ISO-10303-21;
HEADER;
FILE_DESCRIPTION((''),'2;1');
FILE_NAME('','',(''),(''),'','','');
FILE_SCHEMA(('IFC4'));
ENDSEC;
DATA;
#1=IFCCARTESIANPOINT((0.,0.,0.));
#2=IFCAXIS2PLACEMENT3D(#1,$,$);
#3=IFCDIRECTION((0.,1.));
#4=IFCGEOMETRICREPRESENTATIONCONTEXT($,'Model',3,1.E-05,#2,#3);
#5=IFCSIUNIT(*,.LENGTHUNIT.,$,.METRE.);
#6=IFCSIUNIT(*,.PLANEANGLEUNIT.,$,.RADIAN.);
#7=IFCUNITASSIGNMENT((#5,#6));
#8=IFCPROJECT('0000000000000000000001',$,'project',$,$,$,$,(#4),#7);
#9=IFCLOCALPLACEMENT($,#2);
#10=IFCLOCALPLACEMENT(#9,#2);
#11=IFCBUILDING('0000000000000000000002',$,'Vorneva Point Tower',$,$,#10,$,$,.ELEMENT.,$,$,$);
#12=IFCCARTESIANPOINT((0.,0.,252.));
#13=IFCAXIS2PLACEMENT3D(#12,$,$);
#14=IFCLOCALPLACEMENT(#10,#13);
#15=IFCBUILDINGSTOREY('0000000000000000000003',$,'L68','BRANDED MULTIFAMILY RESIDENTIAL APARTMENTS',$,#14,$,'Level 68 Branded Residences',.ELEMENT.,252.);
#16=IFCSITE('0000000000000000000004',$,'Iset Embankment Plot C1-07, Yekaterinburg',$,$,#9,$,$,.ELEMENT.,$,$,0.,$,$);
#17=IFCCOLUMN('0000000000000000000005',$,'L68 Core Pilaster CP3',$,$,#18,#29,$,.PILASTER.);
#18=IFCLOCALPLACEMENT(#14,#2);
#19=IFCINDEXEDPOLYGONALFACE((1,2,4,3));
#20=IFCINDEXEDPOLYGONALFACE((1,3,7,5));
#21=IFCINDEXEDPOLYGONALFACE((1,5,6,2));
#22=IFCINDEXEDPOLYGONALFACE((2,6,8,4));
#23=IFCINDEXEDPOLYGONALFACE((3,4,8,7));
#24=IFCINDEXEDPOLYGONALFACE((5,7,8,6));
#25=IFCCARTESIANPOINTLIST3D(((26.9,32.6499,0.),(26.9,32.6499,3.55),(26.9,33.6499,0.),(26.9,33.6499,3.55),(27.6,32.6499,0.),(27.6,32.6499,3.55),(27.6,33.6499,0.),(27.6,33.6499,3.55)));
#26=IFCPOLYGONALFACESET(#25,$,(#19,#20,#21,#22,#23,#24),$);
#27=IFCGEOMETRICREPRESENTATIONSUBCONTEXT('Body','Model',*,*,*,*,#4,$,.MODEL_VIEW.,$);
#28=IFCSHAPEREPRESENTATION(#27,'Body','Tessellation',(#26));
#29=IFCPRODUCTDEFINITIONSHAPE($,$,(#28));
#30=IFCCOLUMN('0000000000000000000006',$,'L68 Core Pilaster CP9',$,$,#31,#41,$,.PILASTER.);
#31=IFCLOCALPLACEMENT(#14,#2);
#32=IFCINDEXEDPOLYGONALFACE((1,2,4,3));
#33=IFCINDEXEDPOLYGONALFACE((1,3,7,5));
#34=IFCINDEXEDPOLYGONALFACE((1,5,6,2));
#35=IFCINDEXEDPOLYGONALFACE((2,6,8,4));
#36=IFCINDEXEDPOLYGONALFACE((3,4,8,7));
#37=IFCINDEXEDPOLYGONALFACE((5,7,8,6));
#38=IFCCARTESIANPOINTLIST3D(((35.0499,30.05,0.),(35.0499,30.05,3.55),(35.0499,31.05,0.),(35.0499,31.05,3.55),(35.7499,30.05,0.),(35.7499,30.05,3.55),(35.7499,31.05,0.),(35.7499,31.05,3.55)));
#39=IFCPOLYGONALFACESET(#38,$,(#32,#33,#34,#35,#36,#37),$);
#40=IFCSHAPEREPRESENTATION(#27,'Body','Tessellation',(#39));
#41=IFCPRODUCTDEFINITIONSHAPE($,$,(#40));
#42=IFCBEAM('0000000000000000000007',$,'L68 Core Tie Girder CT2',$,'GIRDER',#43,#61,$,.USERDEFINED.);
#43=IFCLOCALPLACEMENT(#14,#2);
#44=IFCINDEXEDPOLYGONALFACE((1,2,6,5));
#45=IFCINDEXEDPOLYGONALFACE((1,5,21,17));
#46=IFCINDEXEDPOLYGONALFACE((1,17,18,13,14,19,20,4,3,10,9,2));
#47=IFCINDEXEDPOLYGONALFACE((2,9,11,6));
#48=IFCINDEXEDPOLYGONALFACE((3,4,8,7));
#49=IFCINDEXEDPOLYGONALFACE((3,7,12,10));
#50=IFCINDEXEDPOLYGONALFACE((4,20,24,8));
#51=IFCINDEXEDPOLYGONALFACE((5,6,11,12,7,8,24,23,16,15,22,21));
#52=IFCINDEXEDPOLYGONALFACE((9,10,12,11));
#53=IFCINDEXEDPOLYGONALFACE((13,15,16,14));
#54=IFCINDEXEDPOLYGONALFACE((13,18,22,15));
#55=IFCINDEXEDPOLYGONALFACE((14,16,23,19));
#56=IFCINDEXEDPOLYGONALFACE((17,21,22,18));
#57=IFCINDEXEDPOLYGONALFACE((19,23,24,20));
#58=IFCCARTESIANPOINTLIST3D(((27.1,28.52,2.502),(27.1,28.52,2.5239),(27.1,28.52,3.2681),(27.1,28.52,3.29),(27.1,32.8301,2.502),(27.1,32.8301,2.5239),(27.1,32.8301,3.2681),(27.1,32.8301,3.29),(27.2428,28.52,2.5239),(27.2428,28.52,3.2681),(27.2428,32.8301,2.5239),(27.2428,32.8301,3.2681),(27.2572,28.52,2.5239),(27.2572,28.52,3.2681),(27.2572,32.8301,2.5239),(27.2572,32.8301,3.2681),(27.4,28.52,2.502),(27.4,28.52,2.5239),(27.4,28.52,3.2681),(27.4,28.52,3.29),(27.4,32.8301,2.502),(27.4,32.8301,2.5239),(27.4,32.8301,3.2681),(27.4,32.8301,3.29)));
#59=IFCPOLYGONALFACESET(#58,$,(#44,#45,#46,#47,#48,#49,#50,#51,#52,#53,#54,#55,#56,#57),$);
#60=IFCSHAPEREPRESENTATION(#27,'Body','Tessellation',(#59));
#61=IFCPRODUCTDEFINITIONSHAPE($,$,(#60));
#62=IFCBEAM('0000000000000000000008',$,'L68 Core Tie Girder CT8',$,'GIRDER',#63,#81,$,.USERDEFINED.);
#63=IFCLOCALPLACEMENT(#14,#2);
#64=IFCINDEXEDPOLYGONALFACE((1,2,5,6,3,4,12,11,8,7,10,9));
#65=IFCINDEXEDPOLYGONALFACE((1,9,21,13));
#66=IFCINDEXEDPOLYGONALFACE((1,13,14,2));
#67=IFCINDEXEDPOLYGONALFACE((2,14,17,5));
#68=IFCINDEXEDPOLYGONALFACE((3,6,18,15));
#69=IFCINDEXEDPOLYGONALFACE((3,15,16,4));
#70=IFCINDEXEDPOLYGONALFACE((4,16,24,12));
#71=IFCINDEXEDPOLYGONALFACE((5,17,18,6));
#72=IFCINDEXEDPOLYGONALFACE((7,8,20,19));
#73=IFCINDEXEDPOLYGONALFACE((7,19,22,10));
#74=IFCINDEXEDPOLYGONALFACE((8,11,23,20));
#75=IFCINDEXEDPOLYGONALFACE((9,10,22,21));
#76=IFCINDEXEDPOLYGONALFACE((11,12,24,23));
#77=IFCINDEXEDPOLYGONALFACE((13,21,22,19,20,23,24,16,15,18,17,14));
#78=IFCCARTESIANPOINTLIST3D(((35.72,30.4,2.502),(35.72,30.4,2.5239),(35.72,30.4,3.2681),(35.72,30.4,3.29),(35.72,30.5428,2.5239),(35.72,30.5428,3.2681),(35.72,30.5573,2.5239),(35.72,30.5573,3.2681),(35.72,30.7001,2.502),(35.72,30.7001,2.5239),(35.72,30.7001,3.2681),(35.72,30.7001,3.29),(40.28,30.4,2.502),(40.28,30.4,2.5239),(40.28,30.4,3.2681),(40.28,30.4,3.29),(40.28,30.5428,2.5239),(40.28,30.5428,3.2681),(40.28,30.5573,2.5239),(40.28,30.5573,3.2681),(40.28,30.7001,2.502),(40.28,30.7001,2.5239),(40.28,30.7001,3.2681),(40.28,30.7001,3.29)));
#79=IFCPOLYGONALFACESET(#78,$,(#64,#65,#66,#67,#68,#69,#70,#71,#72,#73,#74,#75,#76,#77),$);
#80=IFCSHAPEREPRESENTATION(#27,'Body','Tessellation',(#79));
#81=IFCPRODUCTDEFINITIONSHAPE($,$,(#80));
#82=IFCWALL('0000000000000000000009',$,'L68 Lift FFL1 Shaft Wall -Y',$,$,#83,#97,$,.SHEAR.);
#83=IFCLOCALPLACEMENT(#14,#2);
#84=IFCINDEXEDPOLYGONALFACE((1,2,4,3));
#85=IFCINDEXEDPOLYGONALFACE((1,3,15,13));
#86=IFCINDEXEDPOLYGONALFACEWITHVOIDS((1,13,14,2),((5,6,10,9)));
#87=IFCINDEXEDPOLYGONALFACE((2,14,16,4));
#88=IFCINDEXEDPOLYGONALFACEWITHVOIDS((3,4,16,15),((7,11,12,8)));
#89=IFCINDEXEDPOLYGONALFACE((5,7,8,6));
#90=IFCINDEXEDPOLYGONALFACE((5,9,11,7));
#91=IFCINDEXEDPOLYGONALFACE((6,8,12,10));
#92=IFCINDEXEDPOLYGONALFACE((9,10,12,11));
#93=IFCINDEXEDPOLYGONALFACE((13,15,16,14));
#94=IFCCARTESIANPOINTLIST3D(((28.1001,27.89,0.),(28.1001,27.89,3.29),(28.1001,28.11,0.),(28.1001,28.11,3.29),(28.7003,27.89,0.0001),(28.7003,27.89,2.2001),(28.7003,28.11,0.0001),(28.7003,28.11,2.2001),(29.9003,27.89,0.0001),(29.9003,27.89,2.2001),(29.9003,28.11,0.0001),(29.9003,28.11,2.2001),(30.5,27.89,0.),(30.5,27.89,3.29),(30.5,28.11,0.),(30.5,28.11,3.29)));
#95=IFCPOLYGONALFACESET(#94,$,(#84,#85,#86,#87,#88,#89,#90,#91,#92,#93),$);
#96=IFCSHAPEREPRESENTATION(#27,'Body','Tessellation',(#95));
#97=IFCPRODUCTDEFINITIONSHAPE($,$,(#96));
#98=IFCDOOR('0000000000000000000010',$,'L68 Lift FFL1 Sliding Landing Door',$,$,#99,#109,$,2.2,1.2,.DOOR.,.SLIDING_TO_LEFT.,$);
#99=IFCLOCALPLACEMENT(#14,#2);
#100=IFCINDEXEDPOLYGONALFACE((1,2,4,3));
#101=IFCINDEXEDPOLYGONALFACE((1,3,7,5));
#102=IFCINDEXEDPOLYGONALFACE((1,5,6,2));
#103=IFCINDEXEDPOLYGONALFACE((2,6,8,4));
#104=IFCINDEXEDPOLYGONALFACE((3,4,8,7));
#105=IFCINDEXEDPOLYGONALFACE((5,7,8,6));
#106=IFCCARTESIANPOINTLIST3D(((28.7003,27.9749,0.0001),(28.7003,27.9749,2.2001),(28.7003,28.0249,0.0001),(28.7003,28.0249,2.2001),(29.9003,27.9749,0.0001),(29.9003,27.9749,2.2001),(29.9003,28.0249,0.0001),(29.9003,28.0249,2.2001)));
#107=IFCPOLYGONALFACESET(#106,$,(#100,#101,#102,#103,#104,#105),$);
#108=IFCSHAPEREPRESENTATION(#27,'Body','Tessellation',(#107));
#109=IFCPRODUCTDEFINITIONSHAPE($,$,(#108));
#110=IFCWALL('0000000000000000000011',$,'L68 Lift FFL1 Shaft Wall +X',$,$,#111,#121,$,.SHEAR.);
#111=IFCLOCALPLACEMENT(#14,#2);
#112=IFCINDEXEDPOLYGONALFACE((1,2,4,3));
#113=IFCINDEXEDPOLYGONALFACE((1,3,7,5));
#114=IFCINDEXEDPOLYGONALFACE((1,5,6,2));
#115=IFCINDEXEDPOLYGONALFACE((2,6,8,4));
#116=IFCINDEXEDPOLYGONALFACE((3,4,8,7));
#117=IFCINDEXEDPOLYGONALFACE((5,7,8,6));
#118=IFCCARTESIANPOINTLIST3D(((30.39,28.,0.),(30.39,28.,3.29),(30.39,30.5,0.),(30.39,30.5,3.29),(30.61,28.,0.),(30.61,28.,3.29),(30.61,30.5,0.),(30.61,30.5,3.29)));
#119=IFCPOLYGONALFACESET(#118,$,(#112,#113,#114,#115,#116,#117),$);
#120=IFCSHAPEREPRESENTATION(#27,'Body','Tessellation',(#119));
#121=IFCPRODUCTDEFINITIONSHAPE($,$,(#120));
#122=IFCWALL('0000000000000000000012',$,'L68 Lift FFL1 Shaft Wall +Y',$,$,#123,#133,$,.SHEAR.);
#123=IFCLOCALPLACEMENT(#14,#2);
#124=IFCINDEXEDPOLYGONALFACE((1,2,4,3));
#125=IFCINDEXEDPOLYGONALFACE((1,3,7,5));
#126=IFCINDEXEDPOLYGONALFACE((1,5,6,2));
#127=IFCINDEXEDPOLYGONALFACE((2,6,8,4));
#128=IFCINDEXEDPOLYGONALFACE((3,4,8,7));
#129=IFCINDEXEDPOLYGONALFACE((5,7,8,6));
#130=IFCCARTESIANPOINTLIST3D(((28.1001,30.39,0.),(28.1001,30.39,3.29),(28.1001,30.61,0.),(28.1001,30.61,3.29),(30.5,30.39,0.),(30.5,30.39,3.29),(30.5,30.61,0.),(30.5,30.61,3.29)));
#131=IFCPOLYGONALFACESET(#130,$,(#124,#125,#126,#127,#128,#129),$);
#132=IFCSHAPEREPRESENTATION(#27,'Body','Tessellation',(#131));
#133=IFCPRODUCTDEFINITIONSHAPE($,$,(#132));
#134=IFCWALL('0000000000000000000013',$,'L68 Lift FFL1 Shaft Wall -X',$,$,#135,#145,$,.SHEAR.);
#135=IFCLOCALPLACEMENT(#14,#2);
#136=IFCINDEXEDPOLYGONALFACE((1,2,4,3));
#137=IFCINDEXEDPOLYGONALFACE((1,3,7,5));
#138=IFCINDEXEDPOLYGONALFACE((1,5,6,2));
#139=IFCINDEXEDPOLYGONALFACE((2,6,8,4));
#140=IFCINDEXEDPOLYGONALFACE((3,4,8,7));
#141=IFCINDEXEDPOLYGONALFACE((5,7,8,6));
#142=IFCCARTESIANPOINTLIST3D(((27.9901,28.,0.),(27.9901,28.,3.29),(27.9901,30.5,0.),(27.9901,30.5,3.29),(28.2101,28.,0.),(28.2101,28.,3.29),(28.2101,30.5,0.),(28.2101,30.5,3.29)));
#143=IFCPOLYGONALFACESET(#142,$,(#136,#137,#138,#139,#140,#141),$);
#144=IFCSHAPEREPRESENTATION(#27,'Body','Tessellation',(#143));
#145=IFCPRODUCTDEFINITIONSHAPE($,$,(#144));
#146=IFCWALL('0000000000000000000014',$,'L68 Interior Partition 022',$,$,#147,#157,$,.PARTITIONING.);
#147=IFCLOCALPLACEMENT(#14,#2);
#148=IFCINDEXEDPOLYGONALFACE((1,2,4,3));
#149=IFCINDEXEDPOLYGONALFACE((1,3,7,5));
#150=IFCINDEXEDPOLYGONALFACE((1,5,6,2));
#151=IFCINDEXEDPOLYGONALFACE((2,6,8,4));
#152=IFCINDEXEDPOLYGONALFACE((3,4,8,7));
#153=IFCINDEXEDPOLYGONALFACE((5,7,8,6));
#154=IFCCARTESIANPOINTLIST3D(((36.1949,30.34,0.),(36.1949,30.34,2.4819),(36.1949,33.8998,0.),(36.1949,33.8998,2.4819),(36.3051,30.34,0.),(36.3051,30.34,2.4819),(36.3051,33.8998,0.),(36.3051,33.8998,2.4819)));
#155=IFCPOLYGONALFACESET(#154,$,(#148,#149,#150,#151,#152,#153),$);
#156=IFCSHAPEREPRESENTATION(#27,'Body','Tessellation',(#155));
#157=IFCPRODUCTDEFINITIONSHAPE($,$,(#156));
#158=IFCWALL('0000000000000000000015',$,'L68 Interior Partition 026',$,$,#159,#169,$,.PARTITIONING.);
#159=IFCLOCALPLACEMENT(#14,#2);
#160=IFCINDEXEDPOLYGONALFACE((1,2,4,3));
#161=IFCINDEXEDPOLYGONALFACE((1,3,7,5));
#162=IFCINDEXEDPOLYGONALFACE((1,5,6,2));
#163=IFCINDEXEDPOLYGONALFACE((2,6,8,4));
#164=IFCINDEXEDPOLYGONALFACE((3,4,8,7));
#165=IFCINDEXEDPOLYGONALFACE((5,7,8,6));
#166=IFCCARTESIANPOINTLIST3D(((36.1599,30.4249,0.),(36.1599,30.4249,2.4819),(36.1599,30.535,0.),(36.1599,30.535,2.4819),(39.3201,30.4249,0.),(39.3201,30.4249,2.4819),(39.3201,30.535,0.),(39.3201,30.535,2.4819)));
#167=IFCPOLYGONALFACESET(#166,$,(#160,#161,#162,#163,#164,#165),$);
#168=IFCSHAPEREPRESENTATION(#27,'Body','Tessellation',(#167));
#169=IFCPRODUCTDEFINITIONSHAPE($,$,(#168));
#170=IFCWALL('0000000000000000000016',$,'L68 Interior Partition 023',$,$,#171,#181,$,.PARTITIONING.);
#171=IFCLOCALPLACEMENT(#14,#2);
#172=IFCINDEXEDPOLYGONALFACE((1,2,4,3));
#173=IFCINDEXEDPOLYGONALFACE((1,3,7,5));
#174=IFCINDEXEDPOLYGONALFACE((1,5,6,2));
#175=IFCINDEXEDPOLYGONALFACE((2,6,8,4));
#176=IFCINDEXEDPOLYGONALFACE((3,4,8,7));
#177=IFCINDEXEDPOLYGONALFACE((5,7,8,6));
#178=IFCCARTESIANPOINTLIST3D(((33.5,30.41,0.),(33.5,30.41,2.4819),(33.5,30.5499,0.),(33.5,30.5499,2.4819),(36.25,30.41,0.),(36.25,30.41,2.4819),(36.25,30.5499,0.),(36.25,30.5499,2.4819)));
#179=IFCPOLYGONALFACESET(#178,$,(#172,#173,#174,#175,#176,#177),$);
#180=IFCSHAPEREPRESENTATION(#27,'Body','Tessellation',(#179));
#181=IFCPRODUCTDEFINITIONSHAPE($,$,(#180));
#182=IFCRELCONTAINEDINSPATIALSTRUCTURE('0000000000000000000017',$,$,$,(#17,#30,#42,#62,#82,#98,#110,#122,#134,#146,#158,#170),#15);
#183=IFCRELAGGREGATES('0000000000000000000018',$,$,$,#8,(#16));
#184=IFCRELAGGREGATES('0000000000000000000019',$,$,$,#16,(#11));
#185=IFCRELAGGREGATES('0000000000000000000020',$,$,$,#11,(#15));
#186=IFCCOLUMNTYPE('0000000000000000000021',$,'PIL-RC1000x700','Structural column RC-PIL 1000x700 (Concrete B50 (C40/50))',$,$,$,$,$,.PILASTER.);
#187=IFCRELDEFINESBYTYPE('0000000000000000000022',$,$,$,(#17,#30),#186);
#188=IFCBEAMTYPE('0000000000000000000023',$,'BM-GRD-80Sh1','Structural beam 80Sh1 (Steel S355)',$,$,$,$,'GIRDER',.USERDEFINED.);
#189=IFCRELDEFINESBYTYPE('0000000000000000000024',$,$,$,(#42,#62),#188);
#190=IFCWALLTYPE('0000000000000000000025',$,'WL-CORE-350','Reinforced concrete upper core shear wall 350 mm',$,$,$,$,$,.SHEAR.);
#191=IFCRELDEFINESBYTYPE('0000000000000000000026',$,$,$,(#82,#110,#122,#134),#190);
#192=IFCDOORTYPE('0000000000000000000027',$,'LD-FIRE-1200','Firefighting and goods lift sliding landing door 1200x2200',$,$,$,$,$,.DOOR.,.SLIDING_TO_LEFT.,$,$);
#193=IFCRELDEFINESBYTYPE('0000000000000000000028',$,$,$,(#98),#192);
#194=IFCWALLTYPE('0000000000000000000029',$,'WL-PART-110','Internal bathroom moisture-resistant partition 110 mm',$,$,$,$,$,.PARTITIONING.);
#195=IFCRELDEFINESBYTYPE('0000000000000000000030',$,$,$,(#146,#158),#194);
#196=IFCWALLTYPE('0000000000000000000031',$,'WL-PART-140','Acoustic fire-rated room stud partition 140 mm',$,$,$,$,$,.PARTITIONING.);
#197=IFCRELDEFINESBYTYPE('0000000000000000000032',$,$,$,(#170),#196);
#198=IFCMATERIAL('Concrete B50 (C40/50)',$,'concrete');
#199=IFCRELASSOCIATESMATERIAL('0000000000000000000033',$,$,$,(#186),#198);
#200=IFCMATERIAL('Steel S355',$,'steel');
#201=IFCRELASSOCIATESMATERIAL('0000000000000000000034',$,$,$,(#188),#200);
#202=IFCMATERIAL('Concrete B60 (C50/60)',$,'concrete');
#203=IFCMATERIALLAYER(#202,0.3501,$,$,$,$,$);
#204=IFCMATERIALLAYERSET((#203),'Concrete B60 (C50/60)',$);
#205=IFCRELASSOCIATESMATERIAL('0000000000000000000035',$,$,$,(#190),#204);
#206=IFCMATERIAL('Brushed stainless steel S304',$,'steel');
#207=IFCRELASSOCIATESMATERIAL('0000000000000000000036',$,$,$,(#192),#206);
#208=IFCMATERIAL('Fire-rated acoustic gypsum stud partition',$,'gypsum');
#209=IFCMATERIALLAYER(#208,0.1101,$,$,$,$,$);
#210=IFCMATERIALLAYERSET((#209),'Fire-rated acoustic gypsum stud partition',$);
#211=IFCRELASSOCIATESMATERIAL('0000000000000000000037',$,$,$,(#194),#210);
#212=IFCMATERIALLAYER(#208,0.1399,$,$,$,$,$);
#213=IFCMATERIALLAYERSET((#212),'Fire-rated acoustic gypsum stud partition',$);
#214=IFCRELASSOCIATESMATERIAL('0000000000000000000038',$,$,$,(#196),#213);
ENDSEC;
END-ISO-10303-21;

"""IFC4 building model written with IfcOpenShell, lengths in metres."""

from ifc_helpers import new_model, si_unit, direction, frame, frame_2d, origin, origin_2d, place, context, subcontext, project, spatial, rectangle, i_section, extrude, material, layer, layer_set, material_profile, profile_set, type_object, element, fill, save


model = new_model("IFC4")

# Units and contexts
model_context = context("Model", 3, precision=1e-05, world=origin(), true_north=direction((0.0, 1.0)))
body_context = subcontext(model_context, "Body", "Model", "MODEL_VIEW")
ifc_project = project(units=[si_unit("LENGTHUNIT", "METRE"), si_unit("PLANEANGLEUNIT", "RADIAN")], contexts=[model_context])

# Site, building, storey
site_placement = place(None, origin())
site = spatial("IfcSite", under=ifc_project, at=site_placement, Name="Iset Embankment Plot C1-07, Yekaterinburg", CompositionType="ELEMENT", RefElevation=0.0)
building_placement = place(site_placement, origin())
building = spatial("IfcBuilding", under=site, at=building_placement, Name="Vorneva Point Tower", CompositionType="ELEMENT")
storey_placement = place(building_placement, frame((0.0, 0.0, 252.0)))
storey = spatial("IfcBuildingStorey", under=building, at=storey_placement, Name="L68", Description="BRANDED MULTIFAMILY RESIDENTIAL APARTMENTS", LongName="Level 68 Branded Residences", CompositionType="ELEMENT", Elevation=252.0)

# Columns
ifc_material_1 = material(Name="Concrete B50 (C40/50)", Category="concrete")
ifc_material_profile_1 = material_profile(ifc_material_1, rectangle(XDim=0.7, YDim=1.0, at=origin_2d()), Name="RC-PIL 1000x700")
ifc_profile_set_1 = profile_set([ifc_material_profile_1], Name="Concrete B50 (C40/50)")
column_type = type_object("IfcColumnType", Name="PIL-RC1000x700", Description="Structural column RC-PIL 1000x700 (Concrete B50 (C40/50))", PredefinedType="PILASTER", material=ifc_profile_set_1)
for number, where, z_axis, x_axis, name in (
    (1, (27.25, 33.1499, 0.0), (0.0, 0.0, 1.0), (1.0, 0.0, 0.0), "L68 Core Pilaster CP3"),
    (2, (35.3999, 30.55, 0.0), (0.0, 0.0, 1.0), (1.0, 0.0, 0.0), "L68 Core Pilaster CP9"),
):
    element("IfcColumn", number, at=place(storey_placement, frame(where, z_axis=z_axis, x_axis=x_axis)), inside=storey, type_object=column_type, Name=name, PredefinedType="PILASTER", context=body_context, shape_type="SweptSolid", body=[
        extrude(rectangle(XDim=0.7, YDim=1.0, at=origin_2d()), origin(), (0.0, 0.0, 1.0), 3.55),
    ])

# Beams
ifc_material_2 = material(Name="Steel S355", Category="steel")
ifc_material_profile_2 = material_profile(ifc_material_2, i_section(OverallWidth=0.3, OverallDepth=0.7881, WebThickness=0.0144, FlangeThickness=0.022, at=origin_2d()), Name="80Sh1")
ifc_profile_set_2 = profile_set([ifc_material_profile_2], Name="Steel S355")
beam_type = type_object("IfcBeamType", Name="BM-GRD-80Sh1", Description="Structural beam 80Sh1 (Steel S355)", ElementType="GIRDER", PredefinedType="USERDEFINED", material=ifc_profile_set_2)
beam_1_placement = place(storey_placement, frame((27.25, 28.52, 2.896), z_axis=(0.0, 1.0, 0.0), x_axis=(-1.0, 0.0, 0.0)))
element("IfcBeam", 3, at=beam_1_placement, inside=storey, type_object=beam_type, Name="L68 Core Tie Girder CT2", ObjectType="GIRDER", PredefinedType="USERDEFINED", context=body_context, shape_type="SweptSolid", body=[
    extrude(i_section(OverallWidth=0.3, OverallDepth=0.7881, WebThickness=0.0144, FlangeThickness=0.022, at=origin_2d()), origin(), (0.0, 0.0, 1.0), 4.3101),
])
beam_2_placement = place(storey_placement, frame((35.72, 30.55, 2.896), z_axis=(1.0, 0.0, 0.0), x_axis=(0.0, 1.0, 0.0)))
element("IfcBeam", 4, at=beam_2_placement, inside=storey, type_object=beam_type, Name="L68 Core Tie Girder CT8", ObjectType="GIRDER", PredefinedType="USERDEFINED", context=body_context, shape_type="SweptSolid", body=[
    extrude(i_section(OverallWidth=0.3, OverallDepth=0.7881, WebThickness=0.0144, FlangeThickness=0.022, at=origin_2d()), origin(), (0.0, 0.0, 1.0), 4.5601),
])

# Wall, opening, door
ifc_material_3 = material(Name="Concrete B60 (C50/60)", Category="concrete")
ifc_layer_1 = layer(ifc_material_3, 0.3501)
ifc_layer_set_1 = layer_set([ifc_layer_1], Name="Concrete B60 (C50/60)")
wall_type_1 = type_object("IfcWallType", Name="WL-CORE-350", Description="Reinforced concrete upper core shear wall 350 mm", PredefinedType="SHEAR", material=ifc_layer_set_1)
wall_1_placement = place(storey_placement, frame((28.1001, 28.0, 0.0), z_axis=(0.0, 0.0, 1.0), x_axis=(1.0, 0.0, 0.0)))
wall_1 = element("IfcWall", 5, at=wall_1_placement, inside=storey, type_object=wall_type_1, Name="L68 Lift FFL1 Shaft Wall -Y", PredefinedType="SHEAR", context=body_context, shape_type="SweptSolid", body=[
    extrude(rectangle(XDim=2.3999, YDim=0.22, at=frame_2d((1.2, 0.0))), origin(), (0.0, 0.0, 1.0), 3.29),
])
opening_1_placement = place(wall_1_placement, frame((0.6001, 0.0, 0.0)))
opening_1 = element("IfcOpeningElement", 6, at=opening_1_placement, cuts=wall_1, PredefinedType="OPENING", context=body_context, shape_type="SweptSolid", body=[
    extrude(rectangle(XDim=1.2, YDim=2.2, at=frame_2d((0.6001, 1.1001))), frame((0.0, 0.125, 0.0), z_axis=(0.0, -1.0, 0.0), x_axis=(1.0, 0.0, 0.0)), (0.0, 0.0, 1.0), 0.2498),
])
ifc_material_4 = material(Name="Brushed stainless steel S304", Category="steel")
door_type_1 = type_object("IfcDoorType", Name="LD-FIRE-1200", Description="Firefighting and goods lift sliding landing door 1200x2200", OperationType="SLIDING_TO_LEFT", PredefinedType="DOOR", material=ifc_material_4)
door_1_placement = place(opening_1_placement, origin())
door_1 = element("IfcDoor", 7, at=door_1_placement, inside=storey, type_object=door_type_1, Name="L68 Lift FFL1 Sliding Landing Door", OperationType="SLIDING_TO_LEFT", OverallHeight=2.2, OverallWidth=1.2, PredefinedType="DOOR", context=body_context, shape_type="SweptSolid", body=[
    extrude(rectangle(XDim=1.2, YDim=2.2, at=frame_2d((0.6001, 1.1001))), frame((0.0, 0.0249, 0.0), z_axis=(0.0, -1.0, 0.0), x_axis=(1.0, 0.0, 0.0)), (0.0, 0.0, 1.0), 0.05),
])
fill(opening_1, door_1)

# Walls
wall_2_placement = place(storey_placement, frame((30.5, 28.0, 0.0), z_axis=(0.0, 0.0, 1.0), x_axis=(0.0, 1.0, 0.0)))
element("IfcWall", 8, at=wall_2_placement, inside=storey, type_object=wall_type_1, Name="L68 Lift FFL1 Shaft Wall +X", PredefinedType="SHEAR", context=body_context, shape_type="SweptSolid", body=[
    extrude(rectangle(XDim=2.5, YDim=0.22, at=frame_2d((1.25, 0.0))), origin(), (0.0, 0.0, 1.0), 3.29),
])
wall_3_placement = place(storey_placement, frame((30.5, 30.5, 0.0), z_axis=(0.0, 0.0, 1.0), x_axis=(-1.0, 0.0, 0.0)))
element("IfcWall", 9, at=wall_3_placement, inside=storey, type_object=wall_type_1, Name="L68 Lift FFL1 Shaft Wall +Y", PredefinedType="SHEAR", context=body_context, shape_type="SweptSolid", body=[
    extrude(rectangle(XDim=2.3999, YDim=0.22, at=frame_2d((1.2, 0.0))), origin(), (0.0, 0.0, 1.0), 3.29),
])
wall_4_placement = place(storey_placement, frame((28.1001, 30.5, 0.0), z_axis=(0.0, 0.0, 1.0), x_axis=(0.0, -1.0, 0.0)))
element("IfcWall", 10, at=wall_4_placement, inside=storey, type_object=wall_type_1, Name="L68 Lift FFL1 Shaft Wall -X", PredefinedType="SHEAR", context=body_context, shape_type="SweptSolid", body=[
    extrude(rectangle(XDim=2.5, YDim=0.22, at=frame_2d((1.25, 0.0))), origin(), (0.0, 0.0, 1.0), 3.29),
])
ifc_material_5 = material(Name="Fire-rated acoustic gypsum stud partition", Category="gypsum")
ifc_layer_2 = layer(ifc_material_5, 0.1101)
ifc_layer_set_2 = layer_set([ifc_layer_2], Name="Fire-rated acoustic gypsum stud partition")
wall_type_2 = type_object("IfcWallType", Name="WL-PART-110", Description="Internal bathroom moisture-resistant partition 110 mm", PredefinedType="PARTITIONING", material=ifc_layer_set_2)
wall_5_placement = place(storey_placement, frame((36.25, 30.3401, 0.0), z_axis=(0.0, 0.0, 1.0), x_axis=(0.0, 1.0, 0.0)))
element("IfcWall", 11, at=wall_5_placement, inside=storey, type_object=wall_type_2, Name="L68 Interior Partition 022", PredefinedType="PARTITIONING", context=body_context, shape_type="SweptSolid", body=[
    extrude(rectangle(XDim=3.5598, YDim=0.1101, at=frame_2d((1.7798, 0.0))), origin(), (0.0, 0.0, 1.0), 2.4819),
])
wall_6_placement = place(storey_placement, frame((36.1599, 30.48, 0.0), z_axis=(0.0, 0.0, 1.0), x_axis=(1.0, 0.0, 0.0)))
element("IfcWall", 12, at=wall_6_placement, inside=storey, type_object=wall_type_2, Name="L68 Interior Partition 026", PredefinedType="PARTITIONING", context=body_context, shape_type="SweptSolid", body=[
    extrude(rectangle(XDim=3.1602, YDim=0.1101, at=frame_2d((1.5801, 0.0))), origin(), (0.0, 0.0, 1.0), 2.4819),
])
ifc_layer_3 = layer(ifc_material_5, 0.1399)
ifc_layer_set_3 = layer_set([ifc_layer_3], Name="Fire-rated acoustic gypsum stud partition")
wall_type_3 = type_object("IfcWallType", Name="WL-PART-140", Description="Acoustic fire-rated room stud partition 140 mm", PredefinedType="PARTITIONING", material=ifc_layer_set_3)
wall_7_placement = place(storey_placement, frame((33.5, 30.48, 0.0), z_axis=(0.0, 0.0, 1.0), x_axis=(1.0, 0.0, 0.0)))
element("IfcWall", 13, at=wall_7_placement, inside=storey, type_object=wall_type_3, Name="L68 Interior Partition 023", PredefinedType="PARTITIONING", context=body_context, shape_type="SweptSolid", body=[
    extrude(rectangle(XDim=2.75, YDim=0.1399, at=frame_2d((1.375, 0.0))), origin(), (0.0, 0.0, 1.0), 2.4819),
])

save(model, "model.ifc")
